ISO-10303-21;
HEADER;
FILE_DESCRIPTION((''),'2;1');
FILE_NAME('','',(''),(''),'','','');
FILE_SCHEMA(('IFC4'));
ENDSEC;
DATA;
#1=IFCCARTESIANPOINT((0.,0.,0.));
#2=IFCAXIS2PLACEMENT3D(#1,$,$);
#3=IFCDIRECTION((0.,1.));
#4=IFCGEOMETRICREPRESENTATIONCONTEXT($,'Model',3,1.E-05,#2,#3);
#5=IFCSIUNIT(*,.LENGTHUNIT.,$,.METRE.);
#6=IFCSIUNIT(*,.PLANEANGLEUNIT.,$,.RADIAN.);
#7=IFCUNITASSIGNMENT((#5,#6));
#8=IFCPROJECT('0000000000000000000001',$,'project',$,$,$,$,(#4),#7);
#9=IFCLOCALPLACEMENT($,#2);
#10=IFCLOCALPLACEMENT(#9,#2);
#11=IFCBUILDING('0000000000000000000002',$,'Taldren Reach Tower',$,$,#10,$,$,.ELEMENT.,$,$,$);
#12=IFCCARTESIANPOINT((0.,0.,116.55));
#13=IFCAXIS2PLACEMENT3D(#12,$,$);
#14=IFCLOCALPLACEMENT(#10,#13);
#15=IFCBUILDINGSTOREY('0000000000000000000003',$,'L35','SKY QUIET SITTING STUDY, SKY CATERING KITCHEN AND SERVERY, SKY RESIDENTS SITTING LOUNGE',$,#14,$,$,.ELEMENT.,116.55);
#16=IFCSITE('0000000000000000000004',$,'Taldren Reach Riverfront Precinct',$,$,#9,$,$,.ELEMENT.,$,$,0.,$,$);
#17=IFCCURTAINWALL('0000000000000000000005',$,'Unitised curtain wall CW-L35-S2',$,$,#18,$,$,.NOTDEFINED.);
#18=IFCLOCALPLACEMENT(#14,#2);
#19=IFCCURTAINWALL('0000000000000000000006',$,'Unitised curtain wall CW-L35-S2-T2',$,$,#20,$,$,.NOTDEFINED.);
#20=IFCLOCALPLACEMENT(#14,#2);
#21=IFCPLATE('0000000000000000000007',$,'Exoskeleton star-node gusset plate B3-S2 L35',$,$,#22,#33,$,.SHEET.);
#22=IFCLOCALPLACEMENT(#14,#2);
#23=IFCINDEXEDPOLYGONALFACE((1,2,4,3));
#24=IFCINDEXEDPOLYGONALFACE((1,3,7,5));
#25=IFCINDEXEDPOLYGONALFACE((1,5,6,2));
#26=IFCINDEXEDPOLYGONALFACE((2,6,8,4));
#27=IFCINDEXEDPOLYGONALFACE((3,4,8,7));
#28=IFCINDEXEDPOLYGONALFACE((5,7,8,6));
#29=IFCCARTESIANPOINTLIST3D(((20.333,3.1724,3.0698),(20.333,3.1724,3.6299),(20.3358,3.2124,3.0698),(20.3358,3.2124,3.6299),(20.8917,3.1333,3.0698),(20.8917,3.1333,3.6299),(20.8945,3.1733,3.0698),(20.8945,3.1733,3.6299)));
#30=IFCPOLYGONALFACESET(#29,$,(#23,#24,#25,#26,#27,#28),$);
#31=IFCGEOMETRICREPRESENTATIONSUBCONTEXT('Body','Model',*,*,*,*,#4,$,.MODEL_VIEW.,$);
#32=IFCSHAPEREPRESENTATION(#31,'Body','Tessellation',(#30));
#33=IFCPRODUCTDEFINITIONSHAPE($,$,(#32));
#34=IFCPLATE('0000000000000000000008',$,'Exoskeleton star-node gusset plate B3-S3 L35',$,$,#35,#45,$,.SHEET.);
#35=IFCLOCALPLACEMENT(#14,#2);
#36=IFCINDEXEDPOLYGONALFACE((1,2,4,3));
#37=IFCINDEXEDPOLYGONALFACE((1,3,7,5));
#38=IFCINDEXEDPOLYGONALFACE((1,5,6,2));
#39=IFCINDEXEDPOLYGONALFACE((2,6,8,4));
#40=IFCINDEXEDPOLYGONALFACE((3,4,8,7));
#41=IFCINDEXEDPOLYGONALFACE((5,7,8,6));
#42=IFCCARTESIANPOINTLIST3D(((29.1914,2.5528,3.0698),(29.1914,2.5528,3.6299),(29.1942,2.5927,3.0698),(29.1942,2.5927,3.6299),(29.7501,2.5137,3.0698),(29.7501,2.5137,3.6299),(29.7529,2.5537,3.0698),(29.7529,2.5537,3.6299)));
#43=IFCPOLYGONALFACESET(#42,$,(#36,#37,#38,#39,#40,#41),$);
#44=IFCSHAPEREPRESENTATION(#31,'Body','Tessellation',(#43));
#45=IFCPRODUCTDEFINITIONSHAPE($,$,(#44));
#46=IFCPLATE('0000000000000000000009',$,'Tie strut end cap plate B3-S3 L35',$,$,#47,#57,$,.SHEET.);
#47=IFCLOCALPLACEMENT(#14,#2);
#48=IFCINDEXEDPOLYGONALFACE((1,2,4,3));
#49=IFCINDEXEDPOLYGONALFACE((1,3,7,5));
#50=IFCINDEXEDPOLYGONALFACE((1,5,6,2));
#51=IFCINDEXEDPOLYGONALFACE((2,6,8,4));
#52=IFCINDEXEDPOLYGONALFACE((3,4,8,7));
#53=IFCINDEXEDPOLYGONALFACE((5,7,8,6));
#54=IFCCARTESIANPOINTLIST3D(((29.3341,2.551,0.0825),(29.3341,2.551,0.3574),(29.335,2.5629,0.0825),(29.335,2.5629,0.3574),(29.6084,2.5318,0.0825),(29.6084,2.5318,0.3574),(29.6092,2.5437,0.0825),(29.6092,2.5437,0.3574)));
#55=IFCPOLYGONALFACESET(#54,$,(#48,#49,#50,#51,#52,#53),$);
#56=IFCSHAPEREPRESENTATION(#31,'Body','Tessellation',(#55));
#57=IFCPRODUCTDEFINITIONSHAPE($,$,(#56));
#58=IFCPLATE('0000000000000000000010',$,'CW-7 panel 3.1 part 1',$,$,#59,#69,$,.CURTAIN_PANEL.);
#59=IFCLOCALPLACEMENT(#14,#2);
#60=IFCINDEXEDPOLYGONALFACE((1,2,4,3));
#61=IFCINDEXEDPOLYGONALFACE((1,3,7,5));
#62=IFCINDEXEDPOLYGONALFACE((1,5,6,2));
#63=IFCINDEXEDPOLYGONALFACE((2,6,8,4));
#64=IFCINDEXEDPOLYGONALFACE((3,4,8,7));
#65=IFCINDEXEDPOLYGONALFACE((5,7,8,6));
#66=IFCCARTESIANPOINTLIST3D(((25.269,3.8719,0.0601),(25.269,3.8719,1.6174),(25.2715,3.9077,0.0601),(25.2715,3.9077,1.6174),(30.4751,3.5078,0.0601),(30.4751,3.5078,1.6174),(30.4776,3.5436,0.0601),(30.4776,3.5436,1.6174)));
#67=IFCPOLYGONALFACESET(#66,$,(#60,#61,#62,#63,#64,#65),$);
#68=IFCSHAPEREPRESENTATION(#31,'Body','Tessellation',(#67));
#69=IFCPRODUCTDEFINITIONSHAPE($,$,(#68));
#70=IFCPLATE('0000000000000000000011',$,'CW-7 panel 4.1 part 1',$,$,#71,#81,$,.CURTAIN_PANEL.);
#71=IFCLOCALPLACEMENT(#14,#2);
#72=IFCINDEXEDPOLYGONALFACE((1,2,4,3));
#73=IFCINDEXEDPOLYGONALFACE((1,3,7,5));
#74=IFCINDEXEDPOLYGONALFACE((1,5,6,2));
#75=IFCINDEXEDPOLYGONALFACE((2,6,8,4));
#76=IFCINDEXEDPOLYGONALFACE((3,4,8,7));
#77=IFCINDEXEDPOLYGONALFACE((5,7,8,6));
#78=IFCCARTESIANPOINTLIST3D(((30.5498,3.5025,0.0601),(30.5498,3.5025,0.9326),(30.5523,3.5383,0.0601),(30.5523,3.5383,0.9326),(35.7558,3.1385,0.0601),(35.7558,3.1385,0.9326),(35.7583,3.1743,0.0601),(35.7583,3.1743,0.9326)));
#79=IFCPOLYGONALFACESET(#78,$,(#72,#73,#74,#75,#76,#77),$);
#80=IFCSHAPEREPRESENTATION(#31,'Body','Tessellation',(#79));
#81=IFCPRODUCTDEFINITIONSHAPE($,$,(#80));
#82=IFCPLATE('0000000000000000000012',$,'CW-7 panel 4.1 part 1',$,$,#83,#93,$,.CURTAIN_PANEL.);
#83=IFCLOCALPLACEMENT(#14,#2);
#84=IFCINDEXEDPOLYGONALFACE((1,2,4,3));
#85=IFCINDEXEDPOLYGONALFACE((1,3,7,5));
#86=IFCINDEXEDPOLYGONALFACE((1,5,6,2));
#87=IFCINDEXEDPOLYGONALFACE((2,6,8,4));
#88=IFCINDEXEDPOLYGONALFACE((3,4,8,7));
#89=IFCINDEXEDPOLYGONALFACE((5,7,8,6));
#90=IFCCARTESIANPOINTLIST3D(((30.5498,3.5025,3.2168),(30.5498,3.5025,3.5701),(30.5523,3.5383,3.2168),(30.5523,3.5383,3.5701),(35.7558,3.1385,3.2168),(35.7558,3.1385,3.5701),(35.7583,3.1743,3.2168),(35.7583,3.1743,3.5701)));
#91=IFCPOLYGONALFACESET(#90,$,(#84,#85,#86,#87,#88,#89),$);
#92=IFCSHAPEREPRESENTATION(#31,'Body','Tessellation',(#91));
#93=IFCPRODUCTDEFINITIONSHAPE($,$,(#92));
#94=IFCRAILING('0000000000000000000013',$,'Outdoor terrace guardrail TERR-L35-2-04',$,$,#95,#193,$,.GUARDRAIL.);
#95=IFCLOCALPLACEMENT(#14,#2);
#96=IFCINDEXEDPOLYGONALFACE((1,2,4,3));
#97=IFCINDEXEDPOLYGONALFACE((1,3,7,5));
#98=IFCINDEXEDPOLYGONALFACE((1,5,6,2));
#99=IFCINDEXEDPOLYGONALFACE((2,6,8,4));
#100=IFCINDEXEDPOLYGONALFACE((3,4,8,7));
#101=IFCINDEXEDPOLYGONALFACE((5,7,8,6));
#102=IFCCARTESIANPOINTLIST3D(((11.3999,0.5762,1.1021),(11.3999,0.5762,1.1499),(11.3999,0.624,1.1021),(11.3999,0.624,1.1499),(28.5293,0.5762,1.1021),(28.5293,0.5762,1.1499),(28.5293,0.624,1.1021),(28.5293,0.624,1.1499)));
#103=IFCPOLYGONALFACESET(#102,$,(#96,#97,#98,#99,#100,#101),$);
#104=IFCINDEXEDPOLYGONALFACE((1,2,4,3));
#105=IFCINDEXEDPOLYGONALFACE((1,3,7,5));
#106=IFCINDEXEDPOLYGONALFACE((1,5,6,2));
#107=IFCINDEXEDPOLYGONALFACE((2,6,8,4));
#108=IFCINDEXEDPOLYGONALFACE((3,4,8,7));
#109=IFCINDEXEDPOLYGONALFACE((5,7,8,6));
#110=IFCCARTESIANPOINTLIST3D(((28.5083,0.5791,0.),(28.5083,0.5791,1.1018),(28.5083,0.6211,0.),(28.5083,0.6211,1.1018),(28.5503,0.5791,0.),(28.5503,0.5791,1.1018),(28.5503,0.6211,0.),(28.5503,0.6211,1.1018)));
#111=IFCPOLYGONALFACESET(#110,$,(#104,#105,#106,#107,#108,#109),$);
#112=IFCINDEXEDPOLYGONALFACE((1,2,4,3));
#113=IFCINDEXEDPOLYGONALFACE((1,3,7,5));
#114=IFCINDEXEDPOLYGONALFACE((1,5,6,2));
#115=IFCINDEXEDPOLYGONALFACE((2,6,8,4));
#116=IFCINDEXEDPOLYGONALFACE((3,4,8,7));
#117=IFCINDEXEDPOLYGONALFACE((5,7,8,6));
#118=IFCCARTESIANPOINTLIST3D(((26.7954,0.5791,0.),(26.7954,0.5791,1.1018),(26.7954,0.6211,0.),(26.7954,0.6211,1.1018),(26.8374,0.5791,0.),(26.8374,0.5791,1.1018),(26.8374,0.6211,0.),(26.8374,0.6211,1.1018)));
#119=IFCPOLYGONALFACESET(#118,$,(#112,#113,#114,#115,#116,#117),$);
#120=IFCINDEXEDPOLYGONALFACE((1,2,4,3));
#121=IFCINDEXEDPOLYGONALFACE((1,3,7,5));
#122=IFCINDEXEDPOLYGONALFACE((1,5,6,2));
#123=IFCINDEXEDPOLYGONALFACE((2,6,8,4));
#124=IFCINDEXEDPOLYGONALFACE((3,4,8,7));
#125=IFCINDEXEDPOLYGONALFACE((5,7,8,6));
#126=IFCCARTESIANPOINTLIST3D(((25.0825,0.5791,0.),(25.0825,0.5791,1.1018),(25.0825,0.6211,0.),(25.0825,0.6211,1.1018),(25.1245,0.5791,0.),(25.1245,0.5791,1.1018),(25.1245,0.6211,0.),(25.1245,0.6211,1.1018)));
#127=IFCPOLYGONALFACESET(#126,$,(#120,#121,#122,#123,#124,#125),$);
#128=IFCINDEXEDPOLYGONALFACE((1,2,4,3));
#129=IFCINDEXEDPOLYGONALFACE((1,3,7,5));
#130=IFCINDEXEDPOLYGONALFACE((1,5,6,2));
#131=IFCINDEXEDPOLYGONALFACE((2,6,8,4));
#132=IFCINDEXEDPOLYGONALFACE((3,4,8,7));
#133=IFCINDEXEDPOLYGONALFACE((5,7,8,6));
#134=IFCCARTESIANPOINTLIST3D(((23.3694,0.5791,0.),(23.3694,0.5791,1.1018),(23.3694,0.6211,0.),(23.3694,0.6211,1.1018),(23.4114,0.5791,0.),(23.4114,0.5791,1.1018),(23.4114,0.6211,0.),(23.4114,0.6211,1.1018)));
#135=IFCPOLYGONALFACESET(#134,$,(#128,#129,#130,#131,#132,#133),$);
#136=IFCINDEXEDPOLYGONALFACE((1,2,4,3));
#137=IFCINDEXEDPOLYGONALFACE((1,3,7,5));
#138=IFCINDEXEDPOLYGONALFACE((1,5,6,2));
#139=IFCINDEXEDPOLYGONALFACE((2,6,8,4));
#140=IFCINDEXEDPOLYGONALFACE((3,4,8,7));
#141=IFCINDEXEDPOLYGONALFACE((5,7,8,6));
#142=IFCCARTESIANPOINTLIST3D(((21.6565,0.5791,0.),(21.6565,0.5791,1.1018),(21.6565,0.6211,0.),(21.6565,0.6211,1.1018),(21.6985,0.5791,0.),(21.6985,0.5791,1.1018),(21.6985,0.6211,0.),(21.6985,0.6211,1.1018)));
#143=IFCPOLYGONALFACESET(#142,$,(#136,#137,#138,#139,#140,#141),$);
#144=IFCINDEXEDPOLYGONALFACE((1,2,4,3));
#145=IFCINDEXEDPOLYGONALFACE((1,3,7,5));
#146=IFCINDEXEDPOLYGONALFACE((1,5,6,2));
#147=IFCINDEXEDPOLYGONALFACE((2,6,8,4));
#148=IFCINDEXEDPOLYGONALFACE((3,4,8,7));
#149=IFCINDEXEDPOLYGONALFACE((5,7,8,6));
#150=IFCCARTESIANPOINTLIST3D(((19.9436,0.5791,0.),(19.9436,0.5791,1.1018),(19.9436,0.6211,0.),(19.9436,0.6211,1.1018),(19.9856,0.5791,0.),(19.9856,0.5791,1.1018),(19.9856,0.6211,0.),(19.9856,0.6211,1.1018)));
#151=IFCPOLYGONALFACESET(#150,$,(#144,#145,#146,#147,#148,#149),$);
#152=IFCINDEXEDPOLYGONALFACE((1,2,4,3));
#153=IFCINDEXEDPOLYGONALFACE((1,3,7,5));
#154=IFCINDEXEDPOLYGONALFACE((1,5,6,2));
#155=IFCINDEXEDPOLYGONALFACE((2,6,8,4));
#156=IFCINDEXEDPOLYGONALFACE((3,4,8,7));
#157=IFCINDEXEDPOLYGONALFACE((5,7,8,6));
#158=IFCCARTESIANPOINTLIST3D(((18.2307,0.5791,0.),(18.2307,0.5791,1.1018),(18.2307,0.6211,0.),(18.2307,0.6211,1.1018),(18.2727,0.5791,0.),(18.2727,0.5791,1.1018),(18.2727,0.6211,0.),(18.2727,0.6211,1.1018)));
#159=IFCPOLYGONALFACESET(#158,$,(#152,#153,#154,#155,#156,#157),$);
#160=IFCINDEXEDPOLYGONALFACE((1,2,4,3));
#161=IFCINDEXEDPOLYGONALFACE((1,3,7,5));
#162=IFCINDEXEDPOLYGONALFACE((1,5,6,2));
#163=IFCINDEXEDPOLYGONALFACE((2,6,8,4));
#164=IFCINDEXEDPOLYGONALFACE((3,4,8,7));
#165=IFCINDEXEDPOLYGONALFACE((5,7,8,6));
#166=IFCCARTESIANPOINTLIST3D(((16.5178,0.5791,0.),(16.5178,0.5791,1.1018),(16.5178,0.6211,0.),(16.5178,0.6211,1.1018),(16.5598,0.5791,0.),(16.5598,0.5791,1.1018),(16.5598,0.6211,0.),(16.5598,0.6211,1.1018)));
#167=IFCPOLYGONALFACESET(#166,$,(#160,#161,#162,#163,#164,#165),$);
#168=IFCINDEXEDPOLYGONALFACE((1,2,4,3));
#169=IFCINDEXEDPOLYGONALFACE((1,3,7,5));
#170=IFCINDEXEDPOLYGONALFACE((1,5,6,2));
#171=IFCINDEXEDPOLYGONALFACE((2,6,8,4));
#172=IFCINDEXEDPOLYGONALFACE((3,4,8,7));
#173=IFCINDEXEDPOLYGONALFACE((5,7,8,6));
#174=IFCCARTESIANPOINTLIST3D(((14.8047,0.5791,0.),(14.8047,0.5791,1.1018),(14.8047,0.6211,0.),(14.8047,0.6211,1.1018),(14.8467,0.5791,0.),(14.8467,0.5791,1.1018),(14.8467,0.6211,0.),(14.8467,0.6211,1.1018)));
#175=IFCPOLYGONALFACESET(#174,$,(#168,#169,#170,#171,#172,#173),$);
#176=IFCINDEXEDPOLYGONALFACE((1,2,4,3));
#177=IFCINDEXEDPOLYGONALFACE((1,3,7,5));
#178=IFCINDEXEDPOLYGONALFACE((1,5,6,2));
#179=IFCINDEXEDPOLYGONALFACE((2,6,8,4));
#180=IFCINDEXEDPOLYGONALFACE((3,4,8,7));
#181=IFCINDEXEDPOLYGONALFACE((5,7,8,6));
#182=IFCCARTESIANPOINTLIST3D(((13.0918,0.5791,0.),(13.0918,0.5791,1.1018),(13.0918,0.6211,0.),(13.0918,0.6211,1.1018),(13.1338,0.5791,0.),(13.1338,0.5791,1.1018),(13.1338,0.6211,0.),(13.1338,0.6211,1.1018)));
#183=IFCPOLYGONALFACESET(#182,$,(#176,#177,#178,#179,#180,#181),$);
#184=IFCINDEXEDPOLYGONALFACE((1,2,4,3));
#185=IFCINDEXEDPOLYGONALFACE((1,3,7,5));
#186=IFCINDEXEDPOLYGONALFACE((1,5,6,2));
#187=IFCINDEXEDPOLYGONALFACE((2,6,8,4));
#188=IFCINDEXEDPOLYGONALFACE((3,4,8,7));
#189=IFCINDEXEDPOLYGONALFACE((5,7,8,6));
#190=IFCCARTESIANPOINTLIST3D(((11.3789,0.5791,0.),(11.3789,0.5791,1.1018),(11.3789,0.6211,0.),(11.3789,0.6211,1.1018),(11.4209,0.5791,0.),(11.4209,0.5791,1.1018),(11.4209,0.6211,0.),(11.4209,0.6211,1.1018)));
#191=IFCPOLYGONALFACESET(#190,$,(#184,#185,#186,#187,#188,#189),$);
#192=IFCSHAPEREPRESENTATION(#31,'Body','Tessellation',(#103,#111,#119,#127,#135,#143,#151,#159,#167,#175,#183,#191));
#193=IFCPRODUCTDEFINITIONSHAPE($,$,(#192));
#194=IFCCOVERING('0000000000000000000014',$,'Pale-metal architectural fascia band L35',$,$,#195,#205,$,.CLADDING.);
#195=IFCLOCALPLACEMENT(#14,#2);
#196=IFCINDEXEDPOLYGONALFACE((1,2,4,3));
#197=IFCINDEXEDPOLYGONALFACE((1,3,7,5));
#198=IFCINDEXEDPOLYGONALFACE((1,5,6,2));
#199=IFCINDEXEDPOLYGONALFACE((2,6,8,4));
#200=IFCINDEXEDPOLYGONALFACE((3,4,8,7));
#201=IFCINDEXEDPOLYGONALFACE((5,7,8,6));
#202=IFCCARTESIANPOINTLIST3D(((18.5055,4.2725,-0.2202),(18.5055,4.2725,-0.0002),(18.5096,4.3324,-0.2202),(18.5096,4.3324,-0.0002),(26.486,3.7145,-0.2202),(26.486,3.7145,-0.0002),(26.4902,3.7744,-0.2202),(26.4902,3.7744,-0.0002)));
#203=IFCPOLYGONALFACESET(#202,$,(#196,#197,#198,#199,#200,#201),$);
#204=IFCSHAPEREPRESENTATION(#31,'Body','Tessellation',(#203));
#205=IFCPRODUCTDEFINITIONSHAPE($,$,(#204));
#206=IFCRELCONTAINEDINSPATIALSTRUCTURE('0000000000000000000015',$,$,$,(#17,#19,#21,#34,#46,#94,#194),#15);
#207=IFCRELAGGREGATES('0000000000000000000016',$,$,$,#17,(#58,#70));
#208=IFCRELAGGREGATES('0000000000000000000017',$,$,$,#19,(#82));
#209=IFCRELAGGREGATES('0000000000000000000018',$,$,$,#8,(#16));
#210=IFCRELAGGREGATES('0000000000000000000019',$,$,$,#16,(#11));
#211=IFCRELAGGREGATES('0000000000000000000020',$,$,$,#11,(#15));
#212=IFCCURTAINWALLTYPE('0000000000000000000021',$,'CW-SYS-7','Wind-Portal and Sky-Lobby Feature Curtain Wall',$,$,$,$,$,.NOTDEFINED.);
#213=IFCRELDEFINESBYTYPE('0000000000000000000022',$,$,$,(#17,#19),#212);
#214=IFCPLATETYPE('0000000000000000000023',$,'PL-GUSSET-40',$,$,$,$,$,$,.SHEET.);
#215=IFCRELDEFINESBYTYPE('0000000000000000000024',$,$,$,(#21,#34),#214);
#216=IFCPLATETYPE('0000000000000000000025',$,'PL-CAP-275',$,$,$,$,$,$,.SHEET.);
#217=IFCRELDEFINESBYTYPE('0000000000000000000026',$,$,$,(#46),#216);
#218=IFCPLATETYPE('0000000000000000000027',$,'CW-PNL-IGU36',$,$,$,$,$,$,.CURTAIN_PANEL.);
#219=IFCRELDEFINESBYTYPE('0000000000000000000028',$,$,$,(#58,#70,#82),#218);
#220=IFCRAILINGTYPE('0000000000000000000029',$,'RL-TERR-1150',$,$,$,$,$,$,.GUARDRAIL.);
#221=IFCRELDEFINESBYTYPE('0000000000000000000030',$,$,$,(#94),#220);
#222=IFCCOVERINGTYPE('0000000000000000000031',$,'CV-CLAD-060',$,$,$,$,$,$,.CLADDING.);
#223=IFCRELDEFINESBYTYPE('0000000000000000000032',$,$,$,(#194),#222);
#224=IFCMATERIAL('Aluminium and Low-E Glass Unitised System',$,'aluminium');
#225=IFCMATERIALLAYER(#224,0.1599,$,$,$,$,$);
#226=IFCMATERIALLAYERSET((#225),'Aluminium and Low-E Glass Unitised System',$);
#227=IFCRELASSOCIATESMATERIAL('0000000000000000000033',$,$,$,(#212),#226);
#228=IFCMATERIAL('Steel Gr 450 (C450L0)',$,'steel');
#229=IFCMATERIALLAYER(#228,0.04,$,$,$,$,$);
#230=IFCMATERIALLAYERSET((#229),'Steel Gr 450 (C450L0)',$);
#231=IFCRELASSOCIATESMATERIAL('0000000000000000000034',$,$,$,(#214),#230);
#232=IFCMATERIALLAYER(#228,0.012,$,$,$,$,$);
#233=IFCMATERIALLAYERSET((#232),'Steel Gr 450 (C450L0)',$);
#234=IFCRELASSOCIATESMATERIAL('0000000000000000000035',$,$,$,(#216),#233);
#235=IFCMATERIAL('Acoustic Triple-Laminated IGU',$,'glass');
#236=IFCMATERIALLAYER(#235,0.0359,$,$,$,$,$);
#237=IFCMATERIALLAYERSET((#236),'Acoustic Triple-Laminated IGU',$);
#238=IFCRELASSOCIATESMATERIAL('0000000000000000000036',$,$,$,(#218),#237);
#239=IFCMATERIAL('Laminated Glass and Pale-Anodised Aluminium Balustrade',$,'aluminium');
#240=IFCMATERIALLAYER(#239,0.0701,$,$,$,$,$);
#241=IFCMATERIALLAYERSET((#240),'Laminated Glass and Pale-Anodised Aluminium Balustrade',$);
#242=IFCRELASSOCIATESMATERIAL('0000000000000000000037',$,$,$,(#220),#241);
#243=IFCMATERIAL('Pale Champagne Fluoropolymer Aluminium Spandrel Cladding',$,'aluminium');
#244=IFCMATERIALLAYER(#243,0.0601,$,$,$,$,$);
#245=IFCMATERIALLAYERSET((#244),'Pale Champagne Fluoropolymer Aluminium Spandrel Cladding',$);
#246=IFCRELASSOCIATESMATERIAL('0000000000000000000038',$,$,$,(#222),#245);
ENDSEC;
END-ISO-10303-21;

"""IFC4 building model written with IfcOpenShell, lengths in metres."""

from ifc_helpers import new_model, si_unit, direction, frame, origin, origin_2d, place, context, subcontext, project, spatial, rectangle, extrude, source, transform, mapped, material, layer, layer_set, type_object, element, aggregate, save


model = new_model("IFC4")

# Units and contexts
model_context = context("Model", 3, precision=1e-05, world=origin(), true_north=direction((0.0, 1.0)))
body_context = subcontext(model_context, "Body", "Model", "MODEL_VIEW")
ifc_project = project(units=[si_unit("LENGTHUNIT", "METRE"), si_unit("PLANEANGLEUNIT", "RADIAN")], contexts=[model_context])

# Site, building, storey
site_placement = place(None, origin())
site = spatial("IfcSite", under=ifc_project, at=site_placement, Name="Taldren Reach Riverfront Precinct", CompositionType="ELEMENT", RefElevation=0.0)
building_placement = place(site_placement, origin())
building = spatial("IfcBuilding", under=site, at=building_placement, Name="Taldren Reach Tower", CompositionType="ELEMENT")
storey_placement = place(building_placement, frame((0.0, 0.0, 116.55)))
storey = spatial("IfcBuildingStorey", under=building, at=storey_placement, Name="L35", Description="SKY QUIET SITTING STUDY, SKY CATERING KITCHEN AND SERVERY, SKY RESIDENTS SITTING LOUNGE", CompositionType="ELEMENT", Elevation=116.55)

# Shared definitions
ifc_material_1 = material(Name="Steel Gr 450 (C450L0)", Category="steel")

# Curtain walls
ifc_material_2 = material(Name="Aluminium and Low-E Glass Unitised System", Category="aluminium")
ifc_layer_1 = layer(ifc_material_2, 0.1599)
ifc_layer_set_1 = layer_set([ifc_layer_1], Name="Aluminium and Low-E Glass Unitised System")
curtain_wall_type = type_object("IfcCurtainWallType", Name="CW-SYS-7", Description="Wind-Portal and Sky-Lobby Feature Curtain Wall", PredefinedType="NOTDEFINED", material=ifc_layer_set_1)
curtain_wall_1_placement = place(storey_placement, origin())
curtain_wall_1 = element("IfcCurtainWall", 1, at=curtain_wall_1_placement, inside=storey, type_object=curtain_wall_type, Name="Unitised curtain wall CW-L35-S2", PredefinedType="NOTDEFINED")
curtain_wall_2_placement = place(storey_placement, origin())
curtain_wall_2 = element("IfcCurtainWall", 2, at=curtain_wall_2_placement, inside=storey, type_object=curtain_wall_type, Name="Unitised curtain wall CW-L35-S2-T2", PredefinedType="NOTDEFINED")

# Plates
ifc_layer_2 = layer(ifc_material_1, 0.04)
ifc_layer_set_2 = layer_set([ifc_layer_2], Name="Steel Gr 450 (C450L0)")
plate_type_1 = type_object("IfcPlateType", Name="PL-GUSSET-40", PredefinedType="SHEET", material=ifc_layer_set_2)
shared_shape_1 = source(origin(), body_context, "Body", "SweptSolid", [
    extrude(rectangle(XDim=0.5601, YDim=0.04, at=origin_2d()), origin(), (0.0, 0.0, 1.0), 0.5601),
])
for number, where, z_axis, x_axis, name in (
    (3, (20.6138, 3.1729, 3.0698), (0.0, 0.0, 1.0), (0.997564, -0.069756, 0.0), "Exoskeleton star-node gusset plate B3-S2 L35"),
    (4, (29.4722, 2.5532, 3.0698), (0.0, 0.0, 1.0), (0.997564, -0.069756, 0.0), "Exoskeleton star-node gusset plate B3-S3 L35"),
):
    element("IfcPlate", number, at=place(storey_placement, frame(where, z_axis=z_axis, x_axis=x_axis)), inside=storey, type_object=plate_type_1, Name=name, PredefinedType="SHEET", context=body_context, shape_type="MappedRepresentation", body=[
        mapped(shared_shape_1, transform((0.0, 0.0, 0.0), scale=1.0)),
    ])
ifc_layer_3 = layer(ifc_material_1, 0.012)
ifc_layer_set_3 = layer_set([ifc_layer_3], Name="Steel Gr 450 (C450L0)")
plate_type_2 = type_object("IfcPlateType", Name="PL-CAP-275", PredefinedType="SHEET", material=ifc_layer_set_3)
shared_shape_2 = source(origin(), body_context, "Body", "SweptSolid", [
    extrude(rectangle(XDim=0.2749, YDim=0.012, at=origin_2d()), origin(), (0.0, 0.0, 1.0), 0.2749),
])
plate_1_placement = place(storey_placement, frame((29.4717, 2.5474, 0.0825), z_axis=(0.0, 0.0, 1.0), x_axis=(0.997564, -0.069756, 0.0)))
element("IfcPlate", 5, at=plate_1_placement, inside=storey, type_object=plate_type_2, Name="Tie strut end cap plate B3-S3 L35", PredefinedType="SHEET", context=body_context, shape_type="MappedRepresentation", body=[
    mapped(shared_shape_2, transform((0.0, 0.0, 0.0), scale=1.0)),
])

# Plates
ifc_material_3 = material(Name="Acoustic Triple-Laminated IGU", Category="glass")
ifc_layer_4 = layer(ifc_material_3, 0.0359)
ifc_layer_set_4 = layer_set([ifc_layer_4], Name="Acoustic Triple-Laminated IGU")
plate_type_3 = type_object("IfcPlateType", Name="CW-PNL-IGU36", PredefinedType="CURTAIN_PANEL", material=ifc_layer_set_4)
shared_shape_3 = source(origin(), body_context, "Body", "SweptSolid", [
    extrude(rectangle(XDim=5.2188, YDim=0.0359, at=origin_2d()), origin(), (0.0, 0.0, 1.0), 1.5574),
])
plate_2_placement = place(storey_placement, frame((27.8733, 3.7078, 0.0601), z_axis=(0.0, 0.0, 1.0), x_axis=(0.997564, -0.069757, 0.0)))
plate_2 = element("IfcPlate", 6, at=plate_2_placement, type_object=plate_type_3, Name="CW-7 panel 3.1 part 1", PredefinedType="CURTAIN_PANEL", context=body_context, shape_type="MappedRepresentation", body=[
    mapped(shared_shape_3, transform((0.0, 0.0, 0.0), scale=1.0)),
])
shared_shape_4 = source(origin(), body_context, "Body", "SweptSolid", [
    extrude(rectangle(XDim=5.2188, YDim=0.0359, at=origin_2d()), origin(), (0.0, 0.0, 1.0), 0.8726),
])
plate_3_placement = place(storey_placement, frame((33.1541, 3.3384, 0.0601), z_axis=(0.0, 0.0, 1.0), x_axis=(0.997564, -0.069757, 0.0)))
plate_3 = element("IfcPlate", 7, at=plate_3_placement, type_object=plate_type_3, Name="CW-7 panel 4.1 part 1", PredefinedType="CURTAIN_PANEL", context=body_context, shape_type="MappedRepresentation", body=[
    mapped(shared_shape_4, transform((0.0, 0.0, 0.0), scale=1.0)),
])
aggregate(curtain_wall_1, [plate_2, plate_3])
shared_shape_5 = source(origin(), body_context, "Body", "SweptSolid", [
    extrude(rectangle(XDim=5.2188, YDim=0.0359, at=origin_2d()), origin(), (0.0, 0.0, 1.0), 0.3533),
])
plate_4_placement = place(storey_placement, frame((33.1541, 3.3384, 3.2168), z_axis=(0.0, 0.0, 1.0), x_axis=(0.997564, -0.069757, 0.0)))
plate_4 = element("IfcPlate", 8, at=plate_4_placement, type_object=plate_type_3, Name="CW-7 panel 4.1 part 1", PredefinedType="CURTAIN_PANEL", context=body_context, shape_type="MappedRepresentation", body=[
    mapped(shared_shape_5, transform((0.0, 0.0, 0.0), scale=1.0)),
])
aggregate(curtain_wall_2, [plate_4])

# Railing
ifc_material_4 = material(Name="Laminated Glass and Pale-Anodised Aluminium Balustrade", Category="aluminium")
ifc_layer_5 = layer(ifc_material_4, 0.0701)
ifc_layer_set_5 = layer_set([ifc_layer_5], Name="Laminated Glass and Pale-Anodised Aluminium Balustrade")
railing_type = type_object("IfcRailingType", Name="RL-TERR-1150", PredefinedType="GUARDRAIL", material=ifc_layer_set_5)
railing_placement = place(storey_placement, frame((28.5293, 0.6001, 0.0)))
element("IfcRailing", 9, at=railing_placement, inside=storey, type_object=railing_type, Name="Outdoor terrace guardrail TERR-L35-2-04", PredefinedType="GUARDRAIL", context=body_context, shape_type="SweptSolid", body=[
    extrude(rectangle(XDim=0.0479, YDim=0.0479, at=origin_2d()), frame((0.0, 0.0, 1.126), z_axis=(-1.0, 0.0, 0.0), x_axis=(0.0, -1.0, 0.0)), (0.0, 0.0, 1.0), 17.1294),
    extrude(rectangle(XDim=0.042, YDim=0.042, at=origin_2d()), origin(), (0.0, 0.0, 1.0), 1.1018),
    extrude(rectangle(XDim=0.042, YDim=0.042, at=origin_2d()), frame((-1.7129, 0.0, 0.0)), (0.0, 0.0, 1.0), 1.1018),
    extrude(rectangle(XDim=0.042, YDim=0.042, at=origin_2d()), frame((-3.4258, 0.0, 0.0)), (0.0, 0.0, 1.0), 1.1018),
    extrude(rectangle(XDim=0.042, YDim=0.042, at=origin_2d()), frame((-5.1389, 0.0, 0.0)), (0.0, 0.0, 1.0), 1.1018),
    extrude(rectangle(XDim=0.042, YDim=0.042, at=origin_2d()), frame((-6.8518, 0.0, 0.0)), (0.0, 0.0, 1.0), 1.1018),
    extrude(rectangle(XDim=0.042, YDim=0.042, at=origin_2d()), frame((-8.5647, 0.0, 0.0)), (0.0, 0.0, 1.0), 1.1018),
    extrude(rectangle(XDim=0.042, YDim=0.042, at=origin_2d()), frame((-10.2776, 0.0, 0.0)), (0.0, 0.0, 1.0), 1.1018),
    extrude(rectangle(XDim=0.042, YDim=0.042, at=origin_2d()), frame((-11.9905, 0.0, 0.0)), (0.0, 0.0, 1.0), 1.1018),
    extrude(rectangle(XDim=0.042, YDim=0.042, at=origin_2d()), frame((-13.7036, 0.0, 0.0)), (0.0, 0.0, 1.0), 1.1018),
    extrude(rectangle(XDim=0.042, YDim=0.042, at=origin_2d()), frame((-15.4165, 0.0, 0.0)), (0.0, 0.0, 1.0), 1.1018),
    extrude(rectangle(XDim=0.042, YDim=0.042, at=origin_2d()), frame((-17.1294, 0.0, 0.0)), (0.0, 0.0, 1.0), 1.1018),
])

# Covering
ifc_material_5 = material(Name="Pale Champagne Fluoropolymer Aluminium Spandrel Cladding", Category="aluminium")
ifc_layer_6 = layer(ifc_material_5, 0.0601)
ifc_layer_set_6 = layer_set([ifc_layer_6], Name="Pale Champagne Fluoropolymer Aluminium Spandrel Cladding")
covering_type_1 = type_object("IfcCoveringType", Name="CV-CLAD-060", PredefinedType="CLADDING", material=ifc_layer_set_6)
shared_shape_6 = source(origin(), body_context, "Body", "SweptSolid", [
    extrude(rectangle(XDim=8.0, YDim=0.0601, at=origin_2d()), origin(), (0.0, 0.0, 1.0), 0.22),
])
covering_1_placement = place(storey_placement, frame((22.4978, 4.0234, -0.2202), z_axis=(0.0, 0.0, 1.0), x_axis=(0.997564, -0.069756, 0.0)))
element("IfcCovering", 10, at=covering_1_placement, inside=storey, type_object=covering_type_1, Name="Pale-metal architectural fascia band L35", PredefinedType="CLADDING", context=body_context, shape_type="MappedRepresentation", body=[
    mapped(shared_shape_6, transform((0.0, 0.0, 0.0), scale=1.0)),
])

save(model, "model.ifc")
